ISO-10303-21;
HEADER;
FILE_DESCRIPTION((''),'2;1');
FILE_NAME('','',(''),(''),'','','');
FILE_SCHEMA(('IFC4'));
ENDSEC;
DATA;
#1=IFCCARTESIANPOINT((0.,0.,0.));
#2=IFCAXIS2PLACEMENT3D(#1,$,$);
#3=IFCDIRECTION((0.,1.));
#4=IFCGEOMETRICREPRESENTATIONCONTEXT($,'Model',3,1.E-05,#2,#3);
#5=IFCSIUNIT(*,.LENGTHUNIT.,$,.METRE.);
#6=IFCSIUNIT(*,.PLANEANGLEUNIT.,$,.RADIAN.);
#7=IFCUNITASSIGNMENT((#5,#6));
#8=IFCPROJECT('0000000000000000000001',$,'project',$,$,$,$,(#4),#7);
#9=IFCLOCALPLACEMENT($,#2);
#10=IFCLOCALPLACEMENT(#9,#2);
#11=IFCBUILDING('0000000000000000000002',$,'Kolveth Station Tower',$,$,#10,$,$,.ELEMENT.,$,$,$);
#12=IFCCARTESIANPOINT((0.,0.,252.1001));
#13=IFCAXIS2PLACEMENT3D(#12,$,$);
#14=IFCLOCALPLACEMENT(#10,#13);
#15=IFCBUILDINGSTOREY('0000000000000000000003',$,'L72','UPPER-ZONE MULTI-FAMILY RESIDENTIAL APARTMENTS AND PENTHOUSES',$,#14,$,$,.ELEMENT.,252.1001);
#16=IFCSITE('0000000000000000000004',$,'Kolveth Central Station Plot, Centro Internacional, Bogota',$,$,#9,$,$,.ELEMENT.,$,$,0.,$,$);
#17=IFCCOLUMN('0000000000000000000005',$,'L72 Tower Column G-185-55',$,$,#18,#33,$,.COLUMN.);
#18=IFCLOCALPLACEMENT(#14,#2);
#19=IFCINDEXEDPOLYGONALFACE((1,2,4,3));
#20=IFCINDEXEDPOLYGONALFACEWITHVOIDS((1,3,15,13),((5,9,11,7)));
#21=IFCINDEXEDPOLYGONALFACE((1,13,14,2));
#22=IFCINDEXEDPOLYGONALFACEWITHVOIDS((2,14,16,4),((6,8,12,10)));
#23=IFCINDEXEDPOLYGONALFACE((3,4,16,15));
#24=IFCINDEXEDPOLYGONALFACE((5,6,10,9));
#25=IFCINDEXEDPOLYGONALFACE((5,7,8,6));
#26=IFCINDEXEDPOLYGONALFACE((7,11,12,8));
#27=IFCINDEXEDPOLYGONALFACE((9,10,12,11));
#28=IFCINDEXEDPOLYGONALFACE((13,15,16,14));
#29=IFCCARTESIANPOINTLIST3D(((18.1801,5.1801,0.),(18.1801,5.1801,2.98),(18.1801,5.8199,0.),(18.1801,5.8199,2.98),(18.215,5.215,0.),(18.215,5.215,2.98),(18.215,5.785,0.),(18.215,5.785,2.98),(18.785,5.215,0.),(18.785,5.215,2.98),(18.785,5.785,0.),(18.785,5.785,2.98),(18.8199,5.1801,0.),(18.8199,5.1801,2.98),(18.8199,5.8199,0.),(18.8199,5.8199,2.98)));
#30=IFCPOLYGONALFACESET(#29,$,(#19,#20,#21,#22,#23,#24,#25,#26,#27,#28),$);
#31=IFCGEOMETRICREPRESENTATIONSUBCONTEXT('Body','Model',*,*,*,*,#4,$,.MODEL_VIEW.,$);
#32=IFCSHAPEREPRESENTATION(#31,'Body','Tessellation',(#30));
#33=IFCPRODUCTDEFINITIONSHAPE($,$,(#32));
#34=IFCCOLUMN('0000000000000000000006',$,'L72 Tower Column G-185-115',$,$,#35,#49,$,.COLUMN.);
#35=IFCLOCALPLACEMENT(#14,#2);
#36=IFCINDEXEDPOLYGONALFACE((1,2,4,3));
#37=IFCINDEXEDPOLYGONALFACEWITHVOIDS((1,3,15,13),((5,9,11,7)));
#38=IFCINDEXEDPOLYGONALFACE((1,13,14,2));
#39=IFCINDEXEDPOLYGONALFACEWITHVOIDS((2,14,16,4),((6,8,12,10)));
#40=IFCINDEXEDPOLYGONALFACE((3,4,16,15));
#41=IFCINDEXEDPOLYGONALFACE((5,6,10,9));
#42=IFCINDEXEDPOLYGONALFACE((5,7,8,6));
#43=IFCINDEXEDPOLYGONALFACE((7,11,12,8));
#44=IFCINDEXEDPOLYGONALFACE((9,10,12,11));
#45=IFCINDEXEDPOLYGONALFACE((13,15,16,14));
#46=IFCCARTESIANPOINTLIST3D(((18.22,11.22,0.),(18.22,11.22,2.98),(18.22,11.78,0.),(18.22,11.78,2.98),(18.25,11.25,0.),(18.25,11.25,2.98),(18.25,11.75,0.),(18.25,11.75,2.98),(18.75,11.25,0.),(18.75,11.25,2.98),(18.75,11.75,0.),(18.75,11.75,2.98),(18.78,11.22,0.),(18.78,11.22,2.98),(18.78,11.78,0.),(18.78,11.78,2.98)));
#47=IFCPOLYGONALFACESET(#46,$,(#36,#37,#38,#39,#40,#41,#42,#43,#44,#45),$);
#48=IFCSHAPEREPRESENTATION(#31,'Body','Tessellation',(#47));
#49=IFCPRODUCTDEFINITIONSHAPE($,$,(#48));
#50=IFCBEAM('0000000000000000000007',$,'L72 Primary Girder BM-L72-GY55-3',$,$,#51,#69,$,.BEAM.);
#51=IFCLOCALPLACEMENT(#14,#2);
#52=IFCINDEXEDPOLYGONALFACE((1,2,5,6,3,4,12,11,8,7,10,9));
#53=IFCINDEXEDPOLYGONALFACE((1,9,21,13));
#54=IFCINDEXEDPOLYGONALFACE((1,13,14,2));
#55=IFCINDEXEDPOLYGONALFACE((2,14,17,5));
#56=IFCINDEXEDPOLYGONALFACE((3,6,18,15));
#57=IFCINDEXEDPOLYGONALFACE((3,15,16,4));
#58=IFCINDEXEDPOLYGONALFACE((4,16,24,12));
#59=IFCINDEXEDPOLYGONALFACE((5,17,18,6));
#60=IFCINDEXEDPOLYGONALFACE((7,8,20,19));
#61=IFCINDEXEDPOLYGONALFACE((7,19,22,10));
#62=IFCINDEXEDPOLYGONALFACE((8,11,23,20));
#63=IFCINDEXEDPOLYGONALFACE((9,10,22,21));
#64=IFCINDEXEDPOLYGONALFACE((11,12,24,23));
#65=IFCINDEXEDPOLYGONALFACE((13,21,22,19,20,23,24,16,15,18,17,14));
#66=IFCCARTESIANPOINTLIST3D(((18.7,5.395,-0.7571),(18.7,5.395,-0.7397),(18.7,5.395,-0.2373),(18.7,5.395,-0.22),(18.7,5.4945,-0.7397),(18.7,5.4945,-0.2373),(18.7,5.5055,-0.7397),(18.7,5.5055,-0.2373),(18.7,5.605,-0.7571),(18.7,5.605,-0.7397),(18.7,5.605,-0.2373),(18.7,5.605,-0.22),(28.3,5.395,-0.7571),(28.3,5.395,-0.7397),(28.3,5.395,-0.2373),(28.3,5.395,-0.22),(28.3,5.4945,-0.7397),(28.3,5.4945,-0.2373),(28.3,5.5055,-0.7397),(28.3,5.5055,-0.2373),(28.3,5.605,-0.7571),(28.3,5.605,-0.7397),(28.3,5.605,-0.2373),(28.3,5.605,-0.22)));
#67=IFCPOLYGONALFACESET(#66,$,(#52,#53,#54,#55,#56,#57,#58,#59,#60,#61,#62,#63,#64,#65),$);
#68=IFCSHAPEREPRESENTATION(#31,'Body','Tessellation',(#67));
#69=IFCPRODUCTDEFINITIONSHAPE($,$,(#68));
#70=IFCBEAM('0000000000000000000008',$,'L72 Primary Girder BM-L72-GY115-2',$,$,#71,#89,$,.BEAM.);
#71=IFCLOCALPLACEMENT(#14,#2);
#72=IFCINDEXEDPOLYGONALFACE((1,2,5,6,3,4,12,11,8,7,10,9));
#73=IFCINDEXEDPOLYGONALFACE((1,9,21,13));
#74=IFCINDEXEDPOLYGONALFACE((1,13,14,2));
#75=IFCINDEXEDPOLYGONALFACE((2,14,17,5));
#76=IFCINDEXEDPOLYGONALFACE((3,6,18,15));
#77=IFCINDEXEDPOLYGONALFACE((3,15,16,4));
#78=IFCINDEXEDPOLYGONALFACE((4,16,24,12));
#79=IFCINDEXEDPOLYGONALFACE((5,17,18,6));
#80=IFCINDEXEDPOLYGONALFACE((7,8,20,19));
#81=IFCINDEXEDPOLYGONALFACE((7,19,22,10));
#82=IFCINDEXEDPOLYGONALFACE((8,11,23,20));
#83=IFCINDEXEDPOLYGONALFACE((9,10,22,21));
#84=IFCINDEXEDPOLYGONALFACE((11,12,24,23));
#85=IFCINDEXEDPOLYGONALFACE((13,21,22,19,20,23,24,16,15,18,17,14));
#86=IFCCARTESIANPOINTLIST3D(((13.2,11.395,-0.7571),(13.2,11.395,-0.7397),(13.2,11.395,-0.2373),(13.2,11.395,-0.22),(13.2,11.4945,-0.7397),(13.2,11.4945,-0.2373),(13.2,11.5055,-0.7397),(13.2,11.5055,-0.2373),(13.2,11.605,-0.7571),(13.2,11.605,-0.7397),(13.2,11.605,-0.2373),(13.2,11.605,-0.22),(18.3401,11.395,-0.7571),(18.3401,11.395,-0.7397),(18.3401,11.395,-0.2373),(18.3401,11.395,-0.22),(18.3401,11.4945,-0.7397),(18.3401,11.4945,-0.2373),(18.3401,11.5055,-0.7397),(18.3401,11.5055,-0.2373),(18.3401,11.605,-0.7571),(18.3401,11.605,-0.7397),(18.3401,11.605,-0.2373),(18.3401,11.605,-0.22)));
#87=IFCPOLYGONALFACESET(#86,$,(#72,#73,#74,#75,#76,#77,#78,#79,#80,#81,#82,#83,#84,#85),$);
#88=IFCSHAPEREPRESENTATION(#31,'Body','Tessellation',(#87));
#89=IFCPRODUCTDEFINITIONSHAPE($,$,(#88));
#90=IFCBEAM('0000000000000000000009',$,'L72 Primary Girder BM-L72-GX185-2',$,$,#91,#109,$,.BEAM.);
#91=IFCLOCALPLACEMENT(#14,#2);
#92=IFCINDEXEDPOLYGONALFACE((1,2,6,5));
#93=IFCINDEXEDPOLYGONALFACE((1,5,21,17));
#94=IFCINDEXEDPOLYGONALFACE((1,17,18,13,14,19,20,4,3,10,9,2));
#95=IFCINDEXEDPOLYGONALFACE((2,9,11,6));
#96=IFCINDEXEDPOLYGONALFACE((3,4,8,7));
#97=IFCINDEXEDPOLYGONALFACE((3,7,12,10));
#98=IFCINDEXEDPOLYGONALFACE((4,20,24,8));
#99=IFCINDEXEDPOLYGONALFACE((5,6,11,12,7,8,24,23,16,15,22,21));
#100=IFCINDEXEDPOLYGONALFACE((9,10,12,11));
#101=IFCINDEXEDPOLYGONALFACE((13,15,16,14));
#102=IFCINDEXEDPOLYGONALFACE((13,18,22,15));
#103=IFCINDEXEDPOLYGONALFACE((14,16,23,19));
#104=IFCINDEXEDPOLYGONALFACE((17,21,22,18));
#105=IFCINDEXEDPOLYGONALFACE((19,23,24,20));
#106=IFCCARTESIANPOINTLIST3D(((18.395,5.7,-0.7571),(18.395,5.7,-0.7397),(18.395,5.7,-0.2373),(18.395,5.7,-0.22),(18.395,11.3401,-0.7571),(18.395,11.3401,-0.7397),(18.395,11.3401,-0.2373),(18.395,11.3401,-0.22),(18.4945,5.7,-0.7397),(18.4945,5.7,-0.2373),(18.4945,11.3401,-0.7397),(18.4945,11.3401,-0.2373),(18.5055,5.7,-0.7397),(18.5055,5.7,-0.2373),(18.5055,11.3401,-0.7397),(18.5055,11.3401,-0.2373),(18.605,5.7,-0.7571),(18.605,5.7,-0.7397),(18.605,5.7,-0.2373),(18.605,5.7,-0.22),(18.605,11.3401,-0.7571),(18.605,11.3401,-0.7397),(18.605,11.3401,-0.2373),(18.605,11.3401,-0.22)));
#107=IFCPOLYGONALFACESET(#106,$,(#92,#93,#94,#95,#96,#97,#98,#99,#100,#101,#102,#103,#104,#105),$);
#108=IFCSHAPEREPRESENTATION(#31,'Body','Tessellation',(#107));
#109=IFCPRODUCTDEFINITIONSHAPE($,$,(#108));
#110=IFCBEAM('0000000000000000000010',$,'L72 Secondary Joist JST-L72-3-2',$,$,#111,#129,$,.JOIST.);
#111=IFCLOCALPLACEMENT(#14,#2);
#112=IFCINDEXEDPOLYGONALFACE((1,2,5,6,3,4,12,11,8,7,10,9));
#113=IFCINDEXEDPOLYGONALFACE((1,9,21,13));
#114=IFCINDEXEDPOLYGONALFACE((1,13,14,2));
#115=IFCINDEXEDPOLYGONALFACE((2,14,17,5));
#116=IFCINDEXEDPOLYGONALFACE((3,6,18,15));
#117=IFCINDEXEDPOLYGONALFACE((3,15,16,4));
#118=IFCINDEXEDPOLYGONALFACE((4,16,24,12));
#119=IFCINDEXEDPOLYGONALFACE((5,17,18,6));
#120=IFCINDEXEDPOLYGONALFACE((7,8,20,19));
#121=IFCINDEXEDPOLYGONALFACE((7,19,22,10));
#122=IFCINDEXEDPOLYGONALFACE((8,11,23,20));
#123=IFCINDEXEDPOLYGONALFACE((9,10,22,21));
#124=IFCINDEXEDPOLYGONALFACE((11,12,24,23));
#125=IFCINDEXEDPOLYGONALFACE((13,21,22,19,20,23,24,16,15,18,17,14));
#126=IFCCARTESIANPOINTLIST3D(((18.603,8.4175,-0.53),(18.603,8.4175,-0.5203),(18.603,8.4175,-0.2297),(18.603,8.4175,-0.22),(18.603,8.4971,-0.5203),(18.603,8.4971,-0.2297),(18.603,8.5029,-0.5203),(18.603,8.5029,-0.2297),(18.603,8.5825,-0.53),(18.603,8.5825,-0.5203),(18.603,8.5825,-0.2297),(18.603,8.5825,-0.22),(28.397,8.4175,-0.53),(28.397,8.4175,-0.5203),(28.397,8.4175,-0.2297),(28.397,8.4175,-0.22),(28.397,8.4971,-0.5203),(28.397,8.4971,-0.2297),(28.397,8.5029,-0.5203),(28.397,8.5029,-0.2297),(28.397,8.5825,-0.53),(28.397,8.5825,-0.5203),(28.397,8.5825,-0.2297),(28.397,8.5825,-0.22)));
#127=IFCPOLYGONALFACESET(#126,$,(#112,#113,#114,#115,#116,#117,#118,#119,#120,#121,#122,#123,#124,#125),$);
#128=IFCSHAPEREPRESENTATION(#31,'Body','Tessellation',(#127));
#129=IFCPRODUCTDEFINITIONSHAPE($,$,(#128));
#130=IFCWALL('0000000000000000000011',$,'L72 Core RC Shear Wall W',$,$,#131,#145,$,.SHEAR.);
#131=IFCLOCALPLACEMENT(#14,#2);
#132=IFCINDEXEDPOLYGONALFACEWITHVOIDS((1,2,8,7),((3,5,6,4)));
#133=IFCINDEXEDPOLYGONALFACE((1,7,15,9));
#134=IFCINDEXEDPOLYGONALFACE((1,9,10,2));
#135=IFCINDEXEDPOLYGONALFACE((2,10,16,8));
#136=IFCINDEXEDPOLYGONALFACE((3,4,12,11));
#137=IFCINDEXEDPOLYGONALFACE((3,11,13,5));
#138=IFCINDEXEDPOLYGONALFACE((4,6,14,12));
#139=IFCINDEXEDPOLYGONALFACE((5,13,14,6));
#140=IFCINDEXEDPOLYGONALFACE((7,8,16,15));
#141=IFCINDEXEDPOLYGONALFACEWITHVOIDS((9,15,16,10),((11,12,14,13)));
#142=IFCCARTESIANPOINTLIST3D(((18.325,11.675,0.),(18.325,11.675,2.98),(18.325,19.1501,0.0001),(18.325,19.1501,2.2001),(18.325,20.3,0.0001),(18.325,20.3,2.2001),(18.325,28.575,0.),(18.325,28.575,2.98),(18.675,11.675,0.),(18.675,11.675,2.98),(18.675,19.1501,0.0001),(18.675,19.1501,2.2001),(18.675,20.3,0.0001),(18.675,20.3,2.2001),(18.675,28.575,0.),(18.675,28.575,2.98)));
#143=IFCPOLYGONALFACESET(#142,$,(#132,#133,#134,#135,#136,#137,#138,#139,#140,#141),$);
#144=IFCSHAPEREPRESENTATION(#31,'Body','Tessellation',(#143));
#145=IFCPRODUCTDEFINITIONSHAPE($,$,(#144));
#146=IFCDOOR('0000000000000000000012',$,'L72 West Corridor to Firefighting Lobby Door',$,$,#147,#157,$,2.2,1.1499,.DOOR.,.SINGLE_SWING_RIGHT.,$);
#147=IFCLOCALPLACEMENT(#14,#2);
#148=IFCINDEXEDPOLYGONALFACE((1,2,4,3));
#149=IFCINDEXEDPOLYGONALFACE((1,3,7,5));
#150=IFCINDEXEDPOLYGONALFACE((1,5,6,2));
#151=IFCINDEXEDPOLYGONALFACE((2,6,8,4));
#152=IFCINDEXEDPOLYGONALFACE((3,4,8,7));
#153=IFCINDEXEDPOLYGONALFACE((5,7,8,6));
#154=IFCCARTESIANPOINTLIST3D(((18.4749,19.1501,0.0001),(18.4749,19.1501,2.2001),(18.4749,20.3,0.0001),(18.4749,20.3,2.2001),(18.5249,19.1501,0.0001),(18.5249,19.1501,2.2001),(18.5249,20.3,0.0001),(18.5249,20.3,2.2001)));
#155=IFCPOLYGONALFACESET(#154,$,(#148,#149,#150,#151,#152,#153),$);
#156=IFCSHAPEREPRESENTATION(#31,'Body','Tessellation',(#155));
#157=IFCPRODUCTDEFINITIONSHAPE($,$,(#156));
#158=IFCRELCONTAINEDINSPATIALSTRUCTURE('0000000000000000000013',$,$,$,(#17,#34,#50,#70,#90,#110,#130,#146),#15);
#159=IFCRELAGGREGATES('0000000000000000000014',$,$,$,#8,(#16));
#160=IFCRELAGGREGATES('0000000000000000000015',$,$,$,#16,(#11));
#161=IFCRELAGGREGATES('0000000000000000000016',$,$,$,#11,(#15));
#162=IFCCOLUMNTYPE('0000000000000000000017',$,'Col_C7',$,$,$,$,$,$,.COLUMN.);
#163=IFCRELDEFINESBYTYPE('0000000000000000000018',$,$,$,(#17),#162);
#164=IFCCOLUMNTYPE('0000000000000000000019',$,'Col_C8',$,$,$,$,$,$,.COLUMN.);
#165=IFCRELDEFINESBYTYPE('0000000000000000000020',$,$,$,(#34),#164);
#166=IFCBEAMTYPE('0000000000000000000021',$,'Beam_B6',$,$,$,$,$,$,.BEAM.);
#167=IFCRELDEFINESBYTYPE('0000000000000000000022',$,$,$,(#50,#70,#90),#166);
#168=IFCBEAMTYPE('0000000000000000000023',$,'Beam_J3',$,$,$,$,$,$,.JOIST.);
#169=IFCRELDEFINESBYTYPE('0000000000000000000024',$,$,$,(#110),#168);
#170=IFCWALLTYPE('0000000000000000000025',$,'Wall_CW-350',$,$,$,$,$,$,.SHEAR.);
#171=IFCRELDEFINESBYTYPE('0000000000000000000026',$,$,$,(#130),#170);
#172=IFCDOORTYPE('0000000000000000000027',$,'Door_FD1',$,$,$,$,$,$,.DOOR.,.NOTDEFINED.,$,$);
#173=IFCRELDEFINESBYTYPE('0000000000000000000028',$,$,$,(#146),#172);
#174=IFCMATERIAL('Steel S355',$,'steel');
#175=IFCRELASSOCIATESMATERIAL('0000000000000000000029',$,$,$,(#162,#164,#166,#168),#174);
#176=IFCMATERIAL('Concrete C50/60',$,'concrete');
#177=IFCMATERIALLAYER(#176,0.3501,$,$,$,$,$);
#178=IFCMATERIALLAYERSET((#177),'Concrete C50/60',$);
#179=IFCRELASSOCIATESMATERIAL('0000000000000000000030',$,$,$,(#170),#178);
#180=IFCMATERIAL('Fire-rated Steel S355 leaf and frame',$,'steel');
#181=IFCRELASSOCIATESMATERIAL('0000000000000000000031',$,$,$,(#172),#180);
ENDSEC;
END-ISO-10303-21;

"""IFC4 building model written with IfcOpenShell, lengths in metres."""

from ifc_helpers import new_model, si_unit, direction, frame, frame_2d, origin, origin_2d, place, context, subcontext, project, spatial, rectangle, hollow_rectangle, i_section, extrude, source, transform, mapped, material, layer, layer_set, material_profile, profile_set, type_object, element, fill, save


model = new_model("IFC4")

# Units and contexts
model_context = context("Model", 3, precision=1e-05, world=origin(), true_north=direction((0.0, 1.0)))
body_context = subcontext(model_context, "Body", "Model", "MODEL_VIEW")
ifc_project = project(units=[si_unit("LENGTHUNIT", "METRE"), si_unit("PLANEANGLEUNIT", "RADIAN")], contexts=[model_context])

# Site, building, storey
site_placement = place(None, origin())
site = spatial("IfcSite", under=ifc_project, at=site_placement, Name="Kolveth Central Station Plot, Centro Internacional, Bogota", CompositionType="ELEMENT", RefElevation=0.0)
building_placement = place(site_placement, origin())
building = spatial("IfcBuilding", under=site, at=building_placement, Name="Kolveth Station Tower", CompositionType="ELEMENT")
storey_placement = place(building_placement, frame((0.0, 0.0, 252.1001)))
storey = spatial("IfcBuildingStorey", under=building, at=storey_placement, Name="L72", Description="UPPER-ZONE MULTI-FAMILY RESIDENTIAL APARTMENTS AND PENTHOUSES", CompositionType="ELEMENT", Elevation=252.1001)

# Columns
ifc_material_1 = material(Name="Steel S355", Category="steel")
ifc_material_profile_1 = material_profile(ifc_material_1, hollow_rectangle(XDim=0.6399, YDim=0.6399, WallThickness=0.0349, at=origin_2d()), Name="BOX640x640x35")
ifc_profile_set_1 = profile_set([ifc_material_profile_1], Name="Steel S355")
column_type_1 = type_object("IfcColumnType", Name="Col_C7", PredefinedType="COLUMN", material=ifc_profile_set_1)
shared_shape_1 = source(origin(), body_context, "Body", "SweptSolid", [
    extrude(hollow_rectangle(XDim=0.6399, YDim=0.6399, WallThickness=0.0349, at=origin_2d()), origin(), (0.0, 0.0, 1.0), 2.98),
])
column_1_placement = place(storey_placement, frame((18.5, 5.5, 0.0), z_axis=(0.0, 0.0, 1.0), x_axis=(1.0, 0.0, 0.0)))
element("IfcColumn", 1, at=column_1_placement, inside=storey, type_object=column_type_1, Name="L72 Tower Column G-185-55", PredefinedType="COLUMN", context=body_context, shape_type="MappedRepresentation", body=[
    mapped(shared_shape_1, transform((0.0, 0.0, 0.0), x_axis=(1.0, 0.0, 0.0), y_axis=(0.0, 1.0, 0.0), z_axis=(0.0, 0.0, 1.0), scale=1.0)),
])
ifc_material_profile_2 = material_profile(ifc_material_1, hollow_rectangle(XDim=0.5601, YDim=0.5601, WallThickness=0.03, at=origin_2d()), Name="BOX560x560x30")
ifc_profile_set_2 = profile_set([ifc_material_profile_2], Name="Steel S355")
column_type_2 = type_object("IfcColumnType", Name="Col_C8", PredefinedType="COLUMN", material=ifc_profile_set_2)
shared_shape_2 = source(origin(), body_context, "Body", "SweptSolid", [
    extrude(hollow_rectangle(XDim=0.5601, YDim=0.5601, WallThickness=0.03, at=origin_2d()), origin(), (0.0, 0.0, 1.0), 2.98),
])
column_2_placement = place(storey_placement, frame((18.5, 11.5, 0.0), z_axis=(0.0, 0.0, 1.0), x_axis=(1.0, 0.0, 0.0)))
element("IfcColumn", 2, at=column_2_placement, inside=storey, type_object=column_type_2, Name="L72 Tower Column G-185-115", PredefinedType="COLUMN", context=body_context, shape_type="MappedRepresentation", body=[
    mapped(shared_shape_2, transform((0.0, 0.0, 0.0), x_axis=(1.0, 0.0, 0.0), y_axis=(0.0, 1.0, 0.0), z_axis=(0.0, 0.0, 1.0), scale=1.0)),
])

# Beams
ifc_material_profile_3 = material_profile(ifc_material_1, i_section(OverallWidth=0.21, OverallDepth=0.5371, WebThickness=0.011, FlangeThickness=0.0173, at=origin_2d()), Name="W530x101")
ifc_profile_set_3 = profile_set([ifc_material_profile_3], Name="Steel S355")
beam_type_1 = type_object("IfcBeamType", Name="Beam_B6", PredefinedType="BEAM", material=ifc_profile_set_3)
shared_shape_3 = source(origin(), body_context, "Body", "SweptSolid", [
    extrude(i_section(OverallWidth=0.21, OverallDepth=0.5371, WebThickness=0.011, FlangeThickness=0.0173, at=origin_2d()), origin(), (0.0, 0.0, 1.0), 9.6001),
])
beam_1_placement = place(storey_placement, frame((18.7, 5.5, -0.4885), z_axis=(1.0, 0.0, 0.0), x_axis=(0.0, 1.0, 0.0)))
element("IfcBeam", 3, at=beam_1_placement, inside=storey, type_object=beam_type_1, Name="L72 Primary Girder BM-L72-GY55-3", PredefinedType="BEAM", context=body_context, shape_type="MappedRepresentation", body=[
    mapped(shared_shape_3, transform((0.0, 0.0, 0.0), x_axis=(1.0, 0.0, 0.0), y_axis=(0.0, 1.0, 0.0), z_axis=(0.0, 0.0, 1.0), scale=1.0)),
])
shared_shape_4 = source(origin(), body_context, "Body", "SweptSolid", [
    extrude(i_section(OverallWidth=0.21, OverallDepth=0.5371, WebThickness=0.011, FlangeThickness=0.0173, at=origin_2d()), origin(), (0.0, 0.0, 1.0), 5.1401),
])
beam_2_placement = place(storey_placement, frame((13.2, 11.5, -0.4885), z_axis=(1.0, 0.0, 0.0), x_axis=(0.0, 1.0, 0.0)))
element("IfcBeam", 4, at=beam_2_placement, inside=storey, type_object=beam_type_1, Name="L72 Primary Girder BM-L72-GY115-2", PredefinedType="BEAM", context=body_context, shape_type="MappedRepresentation", body=[
    mapped(shared_shape_4, transform((0.0, 0.0, 0.0), x_axis=(1.0, 0.0, 0.0), y_axis=(0.0, 1.0, 0.0), z_axis=(0.0, 0.0, 1.0), scale=1.0)),
])
shared_shape_5 = source(origin(), body_context, "Body", "SweptSolid", [
    extrude(i_section(OverallWidth=0.21, OverallDepth=0.5371, WebThickness=0.011, FlangeThickness=0.0173, at=origin_2d()), origin(), (0.0, 0.0, 1.0), 5.6401),
])
beam_3_placement = place(storey_placement, frame((18.5, 5.7, -0.4885), z_axis=(0.0, 1.0, 0.0), x_axis=(-1.0, 0.0, 0.0)))
element("IfcBeam", 5, at=beam_3_placement, inside=storey, type_object=beam_type_1, Name="L72 Primary Girder BM-L72-GX185-2", PredefinedType="BEAM", context=body_context, shape_type="MappedRepresentation", body=[
    mapped(shared_shape_5, transform((0.0, 0.0, 0.0), x_axis=(1.0, 0.0, 0.0), y_axis=(0.0, 1.0, 0.0), z_axis=(0.0, 0.0, 1.0), scale=1.0)),
])
ifc_material_profile_4 = material_profile(ifc_material_1, i_section(OverallWidth=0.165, OverallDepth=0.3101, WebThickness=0.0059, FlangeThickness=0.0098, at=origin_2d()), Name="W310x39")
ifc_profile_set_4 = profile_set([ifc_material_profile_4], Name="Steel S355")
beam_type_2 = type_object("IfcBeamType", Name="Beam_J3", PredefinedType="JOIST", material=ifc_profile_set_4)
shared_shape_6 = source(origin(), body_context, "Body", "SweptSolid", [
    extrude(i_section(OverallWidth=0.165, OverallDepth=0.3101, WebThickness=0.0059, FlangeThickness=0.0098, at=origin_2d()), origin(), (0.0, 0.0, 1.0), 9.7939),
])
beam_4_placement = place(storey_placement, frame((18.603, 8.5, -0.375), z_axis=(1.0, 0.0, 0.0), x_axis=(0.0, 1.0, 0.0)))
element("IfcBeam", 6, at=beam_4_placement, inside=storey, type_object=beam_type_2, Name="L72 Secondary Joist JST-L72-3-2", PredefinedType="JOIST", context=body_context, shape_type="MappedRepresentation", body=[
    mapped(shared_shape_6, transform((0.0, 0.0, 0.0), x_axis=(1.0, 0.0, 0.0), y_axis=(0.0, 1.0, 0.0), z_axis=(0.0, 0.0, 1.0), scale=1.0)),
])

# Shared definitions
ifc_material_2 = material(Name="Concrete C50/60", Category="concrete")
ifc_layer_1 = layer(ifc_material_2, 0.3501)
ifc_layer_set_1 = layer_set([ifc_layer_1], Name="Concrete C50/60")
wall_type_1 = type_object("IfcWallType", Name="Wall_CW-350", PredefinedType="SHEAR", material=ifc_layer_set_1)

# Wall, opening, door
wall_1_placement = place(storey_placement, frame((18.5, 11.675, 0.0), z_axis=(0.0, 0.0, 1.0), x_axis=(0.0, 1.0, 0.0)))
wall_1 = element("IfcWall", 7, at=wall_1_placement, inside=storey, type_object=wall_type_1, Name="L72 Core RC Shear Wall W", PredefinedType="SHEAR", context=body_context, shape_type="SweptSolid", body=[
    extrude(rectangle(XDim=16.8999, YDim=0.3501, at=frame_2d((8.45, 0.0))), origin(), (0.0, 0.0, 1.0), 2.98),
])
opening_1_placement = place(wall_1_placement, frame((7.4751, 0.0, 0.0)))
opening_1 = element("IfcOpeningElement", 8, at=opening_1_placement, cuts=wall_1, PredefinedType="OPENING", context=body_context, shape_type="SweptSolid", body=[
    extrude(rectangle(XDim=1.1499, YDim=2.2, at=frame_2d((0.575, 1.1001))), frame((0.0, 0.1851, 0.0), z_axis=(0.0, -1.0, 0.0), x_axis=(1.0, 0.0, 0.0)), (0.0, 0.0, 1.0), 0.3701),
])
ifc_material_3 = material(Name="Fire-rated Steel S355 leaf and frame", Category="steel")
door_type_1 = type_object("IfcDoorType", Name="Door_FD1", OperationType="NOTDEFINED", PredefinedType="DOOR", material=ifc_material_3)
door_1_placement = place(opening_1_placement, frame((1.1499, 0.0, 0.0), z_axis=(0.0, 0.0, 1.0), x_axis=(-1.0, 0.0, 0.0)))
door_1 = element("IfcDoor", 9, at=door_1_placement, inside=storey, type_object=door_type_1, Name="L72 West Corridor to Firefighting Lobby Door", OperationType="SINGLE_SWING_RIGHT", OverallHeight=2.2, OverallWidth=1.1499, PredefinedType="DOOR", context=body_context, shape_type="SweptSolid", body=[
    extrude(rectangle(XDim=1.1499, YDim=2.2, at=frame_2d((0.575, 1.1001))), frame((0.0, 0.0249, 0.0), z_axis=(0.0, -1.0, 0.0), x_axis=(1.0, 0.0, 0.0)), (0.0, 0.0, 1.0), 0.05),
])
fill(opening_1, door_1)

save(model, "model.ifc")
